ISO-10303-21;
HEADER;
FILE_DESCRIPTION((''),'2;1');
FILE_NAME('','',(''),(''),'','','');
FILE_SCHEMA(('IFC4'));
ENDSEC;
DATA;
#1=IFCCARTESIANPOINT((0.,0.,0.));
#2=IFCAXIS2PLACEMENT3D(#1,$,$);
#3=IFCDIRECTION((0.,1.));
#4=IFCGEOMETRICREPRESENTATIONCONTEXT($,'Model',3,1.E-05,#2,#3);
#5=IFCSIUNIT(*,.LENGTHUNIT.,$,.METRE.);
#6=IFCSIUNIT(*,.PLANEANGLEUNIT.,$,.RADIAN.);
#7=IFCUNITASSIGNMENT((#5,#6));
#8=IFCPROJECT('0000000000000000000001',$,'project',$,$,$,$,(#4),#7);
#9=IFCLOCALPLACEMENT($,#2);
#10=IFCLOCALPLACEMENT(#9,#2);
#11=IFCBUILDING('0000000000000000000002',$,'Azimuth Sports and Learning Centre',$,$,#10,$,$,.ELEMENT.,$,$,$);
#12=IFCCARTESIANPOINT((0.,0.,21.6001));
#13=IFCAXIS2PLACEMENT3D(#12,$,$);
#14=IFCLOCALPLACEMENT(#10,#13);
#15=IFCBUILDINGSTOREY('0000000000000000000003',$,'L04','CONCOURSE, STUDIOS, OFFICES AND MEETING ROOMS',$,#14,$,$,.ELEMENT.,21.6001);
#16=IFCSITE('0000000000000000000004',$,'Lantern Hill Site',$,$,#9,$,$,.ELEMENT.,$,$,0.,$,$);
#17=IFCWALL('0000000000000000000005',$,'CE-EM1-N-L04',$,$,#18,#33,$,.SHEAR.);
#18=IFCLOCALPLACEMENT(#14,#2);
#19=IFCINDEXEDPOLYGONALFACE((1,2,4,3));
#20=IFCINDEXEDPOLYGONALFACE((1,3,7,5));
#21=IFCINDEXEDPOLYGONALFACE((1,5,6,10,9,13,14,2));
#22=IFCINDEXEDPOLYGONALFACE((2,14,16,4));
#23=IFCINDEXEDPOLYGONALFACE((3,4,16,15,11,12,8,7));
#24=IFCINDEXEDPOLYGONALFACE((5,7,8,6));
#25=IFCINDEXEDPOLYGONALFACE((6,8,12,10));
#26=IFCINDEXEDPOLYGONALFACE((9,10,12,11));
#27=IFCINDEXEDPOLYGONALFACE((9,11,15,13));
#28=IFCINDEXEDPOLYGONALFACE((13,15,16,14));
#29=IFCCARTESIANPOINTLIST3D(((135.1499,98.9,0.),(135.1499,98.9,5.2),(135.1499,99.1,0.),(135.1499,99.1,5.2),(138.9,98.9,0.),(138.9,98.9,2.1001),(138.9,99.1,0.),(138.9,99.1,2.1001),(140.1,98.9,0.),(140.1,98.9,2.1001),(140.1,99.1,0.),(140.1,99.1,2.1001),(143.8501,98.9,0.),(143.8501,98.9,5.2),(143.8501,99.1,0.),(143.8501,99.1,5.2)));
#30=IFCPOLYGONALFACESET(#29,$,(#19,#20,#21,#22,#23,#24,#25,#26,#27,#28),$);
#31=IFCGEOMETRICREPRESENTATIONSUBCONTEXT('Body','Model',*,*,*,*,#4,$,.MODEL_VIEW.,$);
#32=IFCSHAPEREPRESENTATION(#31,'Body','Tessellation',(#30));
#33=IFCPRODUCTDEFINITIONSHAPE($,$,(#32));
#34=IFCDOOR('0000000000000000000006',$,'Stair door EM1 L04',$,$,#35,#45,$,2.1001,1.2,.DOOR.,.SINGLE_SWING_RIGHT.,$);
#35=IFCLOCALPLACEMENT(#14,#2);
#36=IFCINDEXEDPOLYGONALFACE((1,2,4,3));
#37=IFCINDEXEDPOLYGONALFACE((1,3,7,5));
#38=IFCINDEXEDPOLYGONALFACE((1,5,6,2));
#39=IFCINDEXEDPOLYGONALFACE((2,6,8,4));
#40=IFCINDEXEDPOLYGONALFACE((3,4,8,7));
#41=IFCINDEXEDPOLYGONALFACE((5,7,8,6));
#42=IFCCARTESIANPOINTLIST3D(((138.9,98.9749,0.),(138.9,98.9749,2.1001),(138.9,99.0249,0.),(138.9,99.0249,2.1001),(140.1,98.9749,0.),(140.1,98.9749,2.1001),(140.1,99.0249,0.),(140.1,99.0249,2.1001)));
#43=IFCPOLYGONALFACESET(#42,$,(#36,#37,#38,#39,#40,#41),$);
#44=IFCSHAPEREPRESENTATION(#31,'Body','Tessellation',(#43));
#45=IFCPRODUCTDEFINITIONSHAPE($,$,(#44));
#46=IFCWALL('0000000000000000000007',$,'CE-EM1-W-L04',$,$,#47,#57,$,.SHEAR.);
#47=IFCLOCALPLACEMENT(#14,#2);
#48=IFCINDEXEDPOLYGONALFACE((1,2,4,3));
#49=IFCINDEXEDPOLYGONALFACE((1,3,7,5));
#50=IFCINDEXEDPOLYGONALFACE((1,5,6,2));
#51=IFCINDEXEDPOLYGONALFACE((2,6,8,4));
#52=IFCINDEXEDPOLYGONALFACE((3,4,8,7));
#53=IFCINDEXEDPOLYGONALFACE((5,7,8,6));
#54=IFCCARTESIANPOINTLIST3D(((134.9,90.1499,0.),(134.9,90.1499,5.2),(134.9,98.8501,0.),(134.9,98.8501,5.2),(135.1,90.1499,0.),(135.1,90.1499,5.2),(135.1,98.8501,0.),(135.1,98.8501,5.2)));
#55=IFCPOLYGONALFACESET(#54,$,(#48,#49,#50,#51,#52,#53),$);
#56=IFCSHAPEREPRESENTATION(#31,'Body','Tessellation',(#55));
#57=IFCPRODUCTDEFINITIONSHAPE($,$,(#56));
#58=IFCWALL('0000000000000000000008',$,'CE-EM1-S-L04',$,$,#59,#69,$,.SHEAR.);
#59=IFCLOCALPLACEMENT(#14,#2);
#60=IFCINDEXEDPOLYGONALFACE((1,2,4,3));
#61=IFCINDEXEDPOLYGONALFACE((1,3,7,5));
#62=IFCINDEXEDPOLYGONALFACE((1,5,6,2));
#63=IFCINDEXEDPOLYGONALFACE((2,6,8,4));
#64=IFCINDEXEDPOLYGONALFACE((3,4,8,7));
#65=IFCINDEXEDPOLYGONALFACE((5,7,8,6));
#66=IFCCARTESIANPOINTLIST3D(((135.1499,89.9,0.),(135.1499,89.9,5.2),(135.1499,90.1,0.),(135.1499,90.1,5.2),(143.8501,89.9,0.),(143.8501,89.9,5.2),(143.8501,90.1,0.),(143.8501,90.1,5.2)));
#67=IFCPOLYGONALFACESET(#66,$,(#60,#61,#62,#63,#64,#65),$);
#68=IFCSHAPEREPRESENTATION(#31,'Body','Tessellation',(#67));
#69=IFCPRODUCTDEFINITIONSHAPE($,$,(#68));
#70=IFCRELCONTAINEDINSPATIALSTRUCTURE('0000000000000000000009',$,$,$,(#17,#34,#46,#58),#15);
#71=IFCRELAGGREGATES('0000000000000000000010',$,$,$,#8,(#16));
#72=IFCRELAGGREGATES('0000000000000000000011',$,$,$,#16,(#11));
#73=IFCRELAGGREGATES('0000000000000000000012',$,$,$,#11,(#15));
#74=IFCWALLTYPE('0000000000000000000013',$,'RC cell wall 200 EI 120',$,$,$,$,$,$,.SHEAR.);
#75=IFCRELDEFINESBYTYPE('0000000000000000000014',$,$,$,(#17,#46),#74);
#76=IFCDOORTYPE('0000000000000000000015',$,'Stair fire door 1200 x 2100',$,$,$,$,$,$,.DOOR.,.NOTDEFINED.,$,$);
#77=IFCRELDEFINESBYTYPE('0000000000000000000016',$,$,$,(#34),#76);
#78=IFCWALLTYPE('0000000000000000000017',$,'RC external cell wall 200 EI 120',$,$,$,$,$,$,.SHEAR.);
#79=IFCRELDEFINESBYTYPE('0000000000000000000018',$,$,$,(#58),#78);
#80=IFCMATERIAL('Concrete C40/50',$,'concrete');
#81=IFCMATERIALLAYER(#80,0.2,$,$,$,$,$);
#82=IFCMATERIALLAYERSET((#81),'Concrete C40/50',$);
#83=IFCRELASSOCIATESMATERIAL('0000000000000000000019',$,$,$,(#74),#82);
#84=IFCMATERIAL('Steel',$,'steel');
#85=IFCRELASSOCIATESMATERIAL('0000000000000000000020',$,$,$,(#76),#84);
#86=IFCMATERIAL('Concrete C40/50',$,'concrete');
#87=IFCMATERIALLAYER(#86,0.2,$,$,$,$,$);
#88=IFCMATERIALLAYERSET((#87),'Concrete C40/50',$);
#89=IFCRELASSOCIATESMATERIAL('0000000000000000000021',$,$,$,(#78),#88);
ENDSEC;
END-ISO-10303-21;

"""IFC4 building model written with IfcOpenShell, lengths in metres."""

from ifc_helpers import new_model, si_unit, direction, frame, frame_2d, origin, place, context, subcontext, project, spatial, rectangle, extrude, material, layer, layer_set, type_object, element, fill, save


model = new_model("IFC4")

# Units and contexts
model_context = context("Model", 3, precision=1e-05, world=origin(), true_north=direction((0.0, 1.0)))
body_context = subcontext(model_context, "Body", "Model", "MODEL_VIEW")
ifc_project = project(units=[si_unit("LENGTHUNIT", "METRE"), si_unit("PLANEANGLEUNIT", "RADIAN")], contexts=[model_context])

# Site, building, storey
site_placement = place(None, origin())
site = spatial("IfcSite", under=ifc_project, at=site_placement, Name="Lantern Hill Site", CompositionType="ELEMENT", RefElevation=0.0)
building_placement = place(site_placement, origin())
building = spatial("IfcBuilding", under=site, at=building_placement, Name="Azimuth Sports and Learning Centre", CompositionType="ELEMENT")
storey_placement = place(building_placement, frame((0.0, 0.0, 21.6001)))
storey = spatial("IfcBuildingStorey", under=building, at=storey_placement, Name="L04", Description="CONCOURSE, STUDIOS, OFFICES AND MEETING ROOMS", CompositionType="ELEMENT", Elevation=21.6001)

# Wall, opening, door
ifc_material_1 = material(Name="Concrete C40/50", Category="concrete")
ifc_layer_1 = layer(ifc_material_1, 0.2)
ifc_layer_set_1 = layer_set([ifc_layer_1], Name="Concrete C40/50")
wall_type_1 = type_object("IfcWallType", Name="RC cell wall 200 EI 120", PredefinedType="SHEAR", material=ifc_layer_set_1)
wall_1_placement = place(storey_placement, frame((135.1499, 99.0, 0.0), z_axis=(0.0, 0.0, 1.0), x_axis=(1.0, 0.0, 0.0)))
wall_1 = element("IfcWall", 1, at=wall_1_placement, inside=storey, type_object=wall_type_1, Name="CE-EM1-N-L04", PredefinedType="SHEAR", context=body_context, shape_type="SweptSolid", body=[
    extrude(rectangle(XDim=8.7002, YDim=0.2, at=frame_2d((4.3501, 0.0))), origin(), (0.0, 0.0, 1.0), 5.2),
])
opening_1_placement = place(wall_1_placement, frame((3.75, 0.0, 0.0)))
opening_1 = element("IfcOpeningElement", 2, at=opening_1_placement, cuts=wall_1, PredefinedType="OPENING", context=body_context, shape_type="SweptSolid", body=[
    extrude(rectangle(XDim=1.2, YDim=2.1001, at=frame_2d((0.6001, 1.05))), frame((0.0, 0.1108, 0.0), z_axis=(0.0, -1.0, 0.0), x_axis=(1.0, 0.0, 0.0)), (0.0, 0.0, 1.0), 0.2219),
])
ifc_material_2 = material(Name="Steel", Category="steel")
door_type_1 = type_object("IfcDoorType", Name="Stair fire door 1200 x 2100", OperationType="NOTDEFINED", PredefinedType="DOOR", material=ifc_material_2)
door_1_placement = place(opening_1_placement, origin())
door_1 = element("IfcDoor", 3, at=door_1_placement, inside=storey, type_object=door_type_1, Name="Stair door EM1 L04", OperationType="SINGLE_SWING_RIGHT", OverallHeight=2.1001, OverallWidth=1.2, PredefinedType="DOOR", context=body_context, shape_type="SweptSolid", body=[
    extrude(rectangle(XDim=1.2, YDim=2.1001, at=frame_2d((0.6001, 1.05))), frame((0.0, 0.0249, 0.0), z_axis=(0.0, -1.0, 0.0), x_axis=(1.0, 0.0, 0.0)), (0.0, 0.0, 1.0), 0.05),
])
fill(opening_1, door_1)

# Walls
wall_2_placement = place(storey_placement, frame((135.0, 90.1499, 0.0), z_axis=(0.0, 0.0, 1.0), x_axis=(0.0, 1.0, 0.0)))
element("IfcWall", 4, at=wall_2_placement, inside=storey, type_object=wall_type_1, Name="CE-EM1-W-L04", PredefinedType="SHEAR", context=body_context, shape_type="SweptSolid", body=[
    extrude(rectangle(XDim=8.7002, YDim=0.2, at=frame_2d((4.3501, 0.0))), origin(), (0.0, 0.0, 1.0), 5.2),
])
ifc_material_3 = material(Name="Concrete C40/50", Category="concrete")
ifc_layer_2 = layer(ifc_material_3, 0.2)
ifc_layer_set_2 = layer_set([ifc_layer_2], Name="Concrete C40/50")
wall_type_2 = type_object("IfcWallType", Name="RC external cell wall 200 EI 120", PredefinedType="SHEAR", material=ifc_layer_set_2)
wall_3_placement = place(storey_placement, frame((135.1499, 90.0, 0.0), z_axis=(0.0, 0.0, 1.0), x_axis=(1.0, 0.0, 0.0)))
element("IfcWall", 5, at=wall_3_placement, inside=storey, type_object=wall_type_2, Name="CE-EM1-S-L04", PredefinedType="SHEAR", context=body_context, shape_type="SweptSolid", body=[
    extrude(rectangle(XDim=8.7002, YDim=0.2, at=frame_2d((4.3501, 0.0))), origin(), (0.0, 0.0, 1.0), 5.2),
])

save(model, "model.ifc")
